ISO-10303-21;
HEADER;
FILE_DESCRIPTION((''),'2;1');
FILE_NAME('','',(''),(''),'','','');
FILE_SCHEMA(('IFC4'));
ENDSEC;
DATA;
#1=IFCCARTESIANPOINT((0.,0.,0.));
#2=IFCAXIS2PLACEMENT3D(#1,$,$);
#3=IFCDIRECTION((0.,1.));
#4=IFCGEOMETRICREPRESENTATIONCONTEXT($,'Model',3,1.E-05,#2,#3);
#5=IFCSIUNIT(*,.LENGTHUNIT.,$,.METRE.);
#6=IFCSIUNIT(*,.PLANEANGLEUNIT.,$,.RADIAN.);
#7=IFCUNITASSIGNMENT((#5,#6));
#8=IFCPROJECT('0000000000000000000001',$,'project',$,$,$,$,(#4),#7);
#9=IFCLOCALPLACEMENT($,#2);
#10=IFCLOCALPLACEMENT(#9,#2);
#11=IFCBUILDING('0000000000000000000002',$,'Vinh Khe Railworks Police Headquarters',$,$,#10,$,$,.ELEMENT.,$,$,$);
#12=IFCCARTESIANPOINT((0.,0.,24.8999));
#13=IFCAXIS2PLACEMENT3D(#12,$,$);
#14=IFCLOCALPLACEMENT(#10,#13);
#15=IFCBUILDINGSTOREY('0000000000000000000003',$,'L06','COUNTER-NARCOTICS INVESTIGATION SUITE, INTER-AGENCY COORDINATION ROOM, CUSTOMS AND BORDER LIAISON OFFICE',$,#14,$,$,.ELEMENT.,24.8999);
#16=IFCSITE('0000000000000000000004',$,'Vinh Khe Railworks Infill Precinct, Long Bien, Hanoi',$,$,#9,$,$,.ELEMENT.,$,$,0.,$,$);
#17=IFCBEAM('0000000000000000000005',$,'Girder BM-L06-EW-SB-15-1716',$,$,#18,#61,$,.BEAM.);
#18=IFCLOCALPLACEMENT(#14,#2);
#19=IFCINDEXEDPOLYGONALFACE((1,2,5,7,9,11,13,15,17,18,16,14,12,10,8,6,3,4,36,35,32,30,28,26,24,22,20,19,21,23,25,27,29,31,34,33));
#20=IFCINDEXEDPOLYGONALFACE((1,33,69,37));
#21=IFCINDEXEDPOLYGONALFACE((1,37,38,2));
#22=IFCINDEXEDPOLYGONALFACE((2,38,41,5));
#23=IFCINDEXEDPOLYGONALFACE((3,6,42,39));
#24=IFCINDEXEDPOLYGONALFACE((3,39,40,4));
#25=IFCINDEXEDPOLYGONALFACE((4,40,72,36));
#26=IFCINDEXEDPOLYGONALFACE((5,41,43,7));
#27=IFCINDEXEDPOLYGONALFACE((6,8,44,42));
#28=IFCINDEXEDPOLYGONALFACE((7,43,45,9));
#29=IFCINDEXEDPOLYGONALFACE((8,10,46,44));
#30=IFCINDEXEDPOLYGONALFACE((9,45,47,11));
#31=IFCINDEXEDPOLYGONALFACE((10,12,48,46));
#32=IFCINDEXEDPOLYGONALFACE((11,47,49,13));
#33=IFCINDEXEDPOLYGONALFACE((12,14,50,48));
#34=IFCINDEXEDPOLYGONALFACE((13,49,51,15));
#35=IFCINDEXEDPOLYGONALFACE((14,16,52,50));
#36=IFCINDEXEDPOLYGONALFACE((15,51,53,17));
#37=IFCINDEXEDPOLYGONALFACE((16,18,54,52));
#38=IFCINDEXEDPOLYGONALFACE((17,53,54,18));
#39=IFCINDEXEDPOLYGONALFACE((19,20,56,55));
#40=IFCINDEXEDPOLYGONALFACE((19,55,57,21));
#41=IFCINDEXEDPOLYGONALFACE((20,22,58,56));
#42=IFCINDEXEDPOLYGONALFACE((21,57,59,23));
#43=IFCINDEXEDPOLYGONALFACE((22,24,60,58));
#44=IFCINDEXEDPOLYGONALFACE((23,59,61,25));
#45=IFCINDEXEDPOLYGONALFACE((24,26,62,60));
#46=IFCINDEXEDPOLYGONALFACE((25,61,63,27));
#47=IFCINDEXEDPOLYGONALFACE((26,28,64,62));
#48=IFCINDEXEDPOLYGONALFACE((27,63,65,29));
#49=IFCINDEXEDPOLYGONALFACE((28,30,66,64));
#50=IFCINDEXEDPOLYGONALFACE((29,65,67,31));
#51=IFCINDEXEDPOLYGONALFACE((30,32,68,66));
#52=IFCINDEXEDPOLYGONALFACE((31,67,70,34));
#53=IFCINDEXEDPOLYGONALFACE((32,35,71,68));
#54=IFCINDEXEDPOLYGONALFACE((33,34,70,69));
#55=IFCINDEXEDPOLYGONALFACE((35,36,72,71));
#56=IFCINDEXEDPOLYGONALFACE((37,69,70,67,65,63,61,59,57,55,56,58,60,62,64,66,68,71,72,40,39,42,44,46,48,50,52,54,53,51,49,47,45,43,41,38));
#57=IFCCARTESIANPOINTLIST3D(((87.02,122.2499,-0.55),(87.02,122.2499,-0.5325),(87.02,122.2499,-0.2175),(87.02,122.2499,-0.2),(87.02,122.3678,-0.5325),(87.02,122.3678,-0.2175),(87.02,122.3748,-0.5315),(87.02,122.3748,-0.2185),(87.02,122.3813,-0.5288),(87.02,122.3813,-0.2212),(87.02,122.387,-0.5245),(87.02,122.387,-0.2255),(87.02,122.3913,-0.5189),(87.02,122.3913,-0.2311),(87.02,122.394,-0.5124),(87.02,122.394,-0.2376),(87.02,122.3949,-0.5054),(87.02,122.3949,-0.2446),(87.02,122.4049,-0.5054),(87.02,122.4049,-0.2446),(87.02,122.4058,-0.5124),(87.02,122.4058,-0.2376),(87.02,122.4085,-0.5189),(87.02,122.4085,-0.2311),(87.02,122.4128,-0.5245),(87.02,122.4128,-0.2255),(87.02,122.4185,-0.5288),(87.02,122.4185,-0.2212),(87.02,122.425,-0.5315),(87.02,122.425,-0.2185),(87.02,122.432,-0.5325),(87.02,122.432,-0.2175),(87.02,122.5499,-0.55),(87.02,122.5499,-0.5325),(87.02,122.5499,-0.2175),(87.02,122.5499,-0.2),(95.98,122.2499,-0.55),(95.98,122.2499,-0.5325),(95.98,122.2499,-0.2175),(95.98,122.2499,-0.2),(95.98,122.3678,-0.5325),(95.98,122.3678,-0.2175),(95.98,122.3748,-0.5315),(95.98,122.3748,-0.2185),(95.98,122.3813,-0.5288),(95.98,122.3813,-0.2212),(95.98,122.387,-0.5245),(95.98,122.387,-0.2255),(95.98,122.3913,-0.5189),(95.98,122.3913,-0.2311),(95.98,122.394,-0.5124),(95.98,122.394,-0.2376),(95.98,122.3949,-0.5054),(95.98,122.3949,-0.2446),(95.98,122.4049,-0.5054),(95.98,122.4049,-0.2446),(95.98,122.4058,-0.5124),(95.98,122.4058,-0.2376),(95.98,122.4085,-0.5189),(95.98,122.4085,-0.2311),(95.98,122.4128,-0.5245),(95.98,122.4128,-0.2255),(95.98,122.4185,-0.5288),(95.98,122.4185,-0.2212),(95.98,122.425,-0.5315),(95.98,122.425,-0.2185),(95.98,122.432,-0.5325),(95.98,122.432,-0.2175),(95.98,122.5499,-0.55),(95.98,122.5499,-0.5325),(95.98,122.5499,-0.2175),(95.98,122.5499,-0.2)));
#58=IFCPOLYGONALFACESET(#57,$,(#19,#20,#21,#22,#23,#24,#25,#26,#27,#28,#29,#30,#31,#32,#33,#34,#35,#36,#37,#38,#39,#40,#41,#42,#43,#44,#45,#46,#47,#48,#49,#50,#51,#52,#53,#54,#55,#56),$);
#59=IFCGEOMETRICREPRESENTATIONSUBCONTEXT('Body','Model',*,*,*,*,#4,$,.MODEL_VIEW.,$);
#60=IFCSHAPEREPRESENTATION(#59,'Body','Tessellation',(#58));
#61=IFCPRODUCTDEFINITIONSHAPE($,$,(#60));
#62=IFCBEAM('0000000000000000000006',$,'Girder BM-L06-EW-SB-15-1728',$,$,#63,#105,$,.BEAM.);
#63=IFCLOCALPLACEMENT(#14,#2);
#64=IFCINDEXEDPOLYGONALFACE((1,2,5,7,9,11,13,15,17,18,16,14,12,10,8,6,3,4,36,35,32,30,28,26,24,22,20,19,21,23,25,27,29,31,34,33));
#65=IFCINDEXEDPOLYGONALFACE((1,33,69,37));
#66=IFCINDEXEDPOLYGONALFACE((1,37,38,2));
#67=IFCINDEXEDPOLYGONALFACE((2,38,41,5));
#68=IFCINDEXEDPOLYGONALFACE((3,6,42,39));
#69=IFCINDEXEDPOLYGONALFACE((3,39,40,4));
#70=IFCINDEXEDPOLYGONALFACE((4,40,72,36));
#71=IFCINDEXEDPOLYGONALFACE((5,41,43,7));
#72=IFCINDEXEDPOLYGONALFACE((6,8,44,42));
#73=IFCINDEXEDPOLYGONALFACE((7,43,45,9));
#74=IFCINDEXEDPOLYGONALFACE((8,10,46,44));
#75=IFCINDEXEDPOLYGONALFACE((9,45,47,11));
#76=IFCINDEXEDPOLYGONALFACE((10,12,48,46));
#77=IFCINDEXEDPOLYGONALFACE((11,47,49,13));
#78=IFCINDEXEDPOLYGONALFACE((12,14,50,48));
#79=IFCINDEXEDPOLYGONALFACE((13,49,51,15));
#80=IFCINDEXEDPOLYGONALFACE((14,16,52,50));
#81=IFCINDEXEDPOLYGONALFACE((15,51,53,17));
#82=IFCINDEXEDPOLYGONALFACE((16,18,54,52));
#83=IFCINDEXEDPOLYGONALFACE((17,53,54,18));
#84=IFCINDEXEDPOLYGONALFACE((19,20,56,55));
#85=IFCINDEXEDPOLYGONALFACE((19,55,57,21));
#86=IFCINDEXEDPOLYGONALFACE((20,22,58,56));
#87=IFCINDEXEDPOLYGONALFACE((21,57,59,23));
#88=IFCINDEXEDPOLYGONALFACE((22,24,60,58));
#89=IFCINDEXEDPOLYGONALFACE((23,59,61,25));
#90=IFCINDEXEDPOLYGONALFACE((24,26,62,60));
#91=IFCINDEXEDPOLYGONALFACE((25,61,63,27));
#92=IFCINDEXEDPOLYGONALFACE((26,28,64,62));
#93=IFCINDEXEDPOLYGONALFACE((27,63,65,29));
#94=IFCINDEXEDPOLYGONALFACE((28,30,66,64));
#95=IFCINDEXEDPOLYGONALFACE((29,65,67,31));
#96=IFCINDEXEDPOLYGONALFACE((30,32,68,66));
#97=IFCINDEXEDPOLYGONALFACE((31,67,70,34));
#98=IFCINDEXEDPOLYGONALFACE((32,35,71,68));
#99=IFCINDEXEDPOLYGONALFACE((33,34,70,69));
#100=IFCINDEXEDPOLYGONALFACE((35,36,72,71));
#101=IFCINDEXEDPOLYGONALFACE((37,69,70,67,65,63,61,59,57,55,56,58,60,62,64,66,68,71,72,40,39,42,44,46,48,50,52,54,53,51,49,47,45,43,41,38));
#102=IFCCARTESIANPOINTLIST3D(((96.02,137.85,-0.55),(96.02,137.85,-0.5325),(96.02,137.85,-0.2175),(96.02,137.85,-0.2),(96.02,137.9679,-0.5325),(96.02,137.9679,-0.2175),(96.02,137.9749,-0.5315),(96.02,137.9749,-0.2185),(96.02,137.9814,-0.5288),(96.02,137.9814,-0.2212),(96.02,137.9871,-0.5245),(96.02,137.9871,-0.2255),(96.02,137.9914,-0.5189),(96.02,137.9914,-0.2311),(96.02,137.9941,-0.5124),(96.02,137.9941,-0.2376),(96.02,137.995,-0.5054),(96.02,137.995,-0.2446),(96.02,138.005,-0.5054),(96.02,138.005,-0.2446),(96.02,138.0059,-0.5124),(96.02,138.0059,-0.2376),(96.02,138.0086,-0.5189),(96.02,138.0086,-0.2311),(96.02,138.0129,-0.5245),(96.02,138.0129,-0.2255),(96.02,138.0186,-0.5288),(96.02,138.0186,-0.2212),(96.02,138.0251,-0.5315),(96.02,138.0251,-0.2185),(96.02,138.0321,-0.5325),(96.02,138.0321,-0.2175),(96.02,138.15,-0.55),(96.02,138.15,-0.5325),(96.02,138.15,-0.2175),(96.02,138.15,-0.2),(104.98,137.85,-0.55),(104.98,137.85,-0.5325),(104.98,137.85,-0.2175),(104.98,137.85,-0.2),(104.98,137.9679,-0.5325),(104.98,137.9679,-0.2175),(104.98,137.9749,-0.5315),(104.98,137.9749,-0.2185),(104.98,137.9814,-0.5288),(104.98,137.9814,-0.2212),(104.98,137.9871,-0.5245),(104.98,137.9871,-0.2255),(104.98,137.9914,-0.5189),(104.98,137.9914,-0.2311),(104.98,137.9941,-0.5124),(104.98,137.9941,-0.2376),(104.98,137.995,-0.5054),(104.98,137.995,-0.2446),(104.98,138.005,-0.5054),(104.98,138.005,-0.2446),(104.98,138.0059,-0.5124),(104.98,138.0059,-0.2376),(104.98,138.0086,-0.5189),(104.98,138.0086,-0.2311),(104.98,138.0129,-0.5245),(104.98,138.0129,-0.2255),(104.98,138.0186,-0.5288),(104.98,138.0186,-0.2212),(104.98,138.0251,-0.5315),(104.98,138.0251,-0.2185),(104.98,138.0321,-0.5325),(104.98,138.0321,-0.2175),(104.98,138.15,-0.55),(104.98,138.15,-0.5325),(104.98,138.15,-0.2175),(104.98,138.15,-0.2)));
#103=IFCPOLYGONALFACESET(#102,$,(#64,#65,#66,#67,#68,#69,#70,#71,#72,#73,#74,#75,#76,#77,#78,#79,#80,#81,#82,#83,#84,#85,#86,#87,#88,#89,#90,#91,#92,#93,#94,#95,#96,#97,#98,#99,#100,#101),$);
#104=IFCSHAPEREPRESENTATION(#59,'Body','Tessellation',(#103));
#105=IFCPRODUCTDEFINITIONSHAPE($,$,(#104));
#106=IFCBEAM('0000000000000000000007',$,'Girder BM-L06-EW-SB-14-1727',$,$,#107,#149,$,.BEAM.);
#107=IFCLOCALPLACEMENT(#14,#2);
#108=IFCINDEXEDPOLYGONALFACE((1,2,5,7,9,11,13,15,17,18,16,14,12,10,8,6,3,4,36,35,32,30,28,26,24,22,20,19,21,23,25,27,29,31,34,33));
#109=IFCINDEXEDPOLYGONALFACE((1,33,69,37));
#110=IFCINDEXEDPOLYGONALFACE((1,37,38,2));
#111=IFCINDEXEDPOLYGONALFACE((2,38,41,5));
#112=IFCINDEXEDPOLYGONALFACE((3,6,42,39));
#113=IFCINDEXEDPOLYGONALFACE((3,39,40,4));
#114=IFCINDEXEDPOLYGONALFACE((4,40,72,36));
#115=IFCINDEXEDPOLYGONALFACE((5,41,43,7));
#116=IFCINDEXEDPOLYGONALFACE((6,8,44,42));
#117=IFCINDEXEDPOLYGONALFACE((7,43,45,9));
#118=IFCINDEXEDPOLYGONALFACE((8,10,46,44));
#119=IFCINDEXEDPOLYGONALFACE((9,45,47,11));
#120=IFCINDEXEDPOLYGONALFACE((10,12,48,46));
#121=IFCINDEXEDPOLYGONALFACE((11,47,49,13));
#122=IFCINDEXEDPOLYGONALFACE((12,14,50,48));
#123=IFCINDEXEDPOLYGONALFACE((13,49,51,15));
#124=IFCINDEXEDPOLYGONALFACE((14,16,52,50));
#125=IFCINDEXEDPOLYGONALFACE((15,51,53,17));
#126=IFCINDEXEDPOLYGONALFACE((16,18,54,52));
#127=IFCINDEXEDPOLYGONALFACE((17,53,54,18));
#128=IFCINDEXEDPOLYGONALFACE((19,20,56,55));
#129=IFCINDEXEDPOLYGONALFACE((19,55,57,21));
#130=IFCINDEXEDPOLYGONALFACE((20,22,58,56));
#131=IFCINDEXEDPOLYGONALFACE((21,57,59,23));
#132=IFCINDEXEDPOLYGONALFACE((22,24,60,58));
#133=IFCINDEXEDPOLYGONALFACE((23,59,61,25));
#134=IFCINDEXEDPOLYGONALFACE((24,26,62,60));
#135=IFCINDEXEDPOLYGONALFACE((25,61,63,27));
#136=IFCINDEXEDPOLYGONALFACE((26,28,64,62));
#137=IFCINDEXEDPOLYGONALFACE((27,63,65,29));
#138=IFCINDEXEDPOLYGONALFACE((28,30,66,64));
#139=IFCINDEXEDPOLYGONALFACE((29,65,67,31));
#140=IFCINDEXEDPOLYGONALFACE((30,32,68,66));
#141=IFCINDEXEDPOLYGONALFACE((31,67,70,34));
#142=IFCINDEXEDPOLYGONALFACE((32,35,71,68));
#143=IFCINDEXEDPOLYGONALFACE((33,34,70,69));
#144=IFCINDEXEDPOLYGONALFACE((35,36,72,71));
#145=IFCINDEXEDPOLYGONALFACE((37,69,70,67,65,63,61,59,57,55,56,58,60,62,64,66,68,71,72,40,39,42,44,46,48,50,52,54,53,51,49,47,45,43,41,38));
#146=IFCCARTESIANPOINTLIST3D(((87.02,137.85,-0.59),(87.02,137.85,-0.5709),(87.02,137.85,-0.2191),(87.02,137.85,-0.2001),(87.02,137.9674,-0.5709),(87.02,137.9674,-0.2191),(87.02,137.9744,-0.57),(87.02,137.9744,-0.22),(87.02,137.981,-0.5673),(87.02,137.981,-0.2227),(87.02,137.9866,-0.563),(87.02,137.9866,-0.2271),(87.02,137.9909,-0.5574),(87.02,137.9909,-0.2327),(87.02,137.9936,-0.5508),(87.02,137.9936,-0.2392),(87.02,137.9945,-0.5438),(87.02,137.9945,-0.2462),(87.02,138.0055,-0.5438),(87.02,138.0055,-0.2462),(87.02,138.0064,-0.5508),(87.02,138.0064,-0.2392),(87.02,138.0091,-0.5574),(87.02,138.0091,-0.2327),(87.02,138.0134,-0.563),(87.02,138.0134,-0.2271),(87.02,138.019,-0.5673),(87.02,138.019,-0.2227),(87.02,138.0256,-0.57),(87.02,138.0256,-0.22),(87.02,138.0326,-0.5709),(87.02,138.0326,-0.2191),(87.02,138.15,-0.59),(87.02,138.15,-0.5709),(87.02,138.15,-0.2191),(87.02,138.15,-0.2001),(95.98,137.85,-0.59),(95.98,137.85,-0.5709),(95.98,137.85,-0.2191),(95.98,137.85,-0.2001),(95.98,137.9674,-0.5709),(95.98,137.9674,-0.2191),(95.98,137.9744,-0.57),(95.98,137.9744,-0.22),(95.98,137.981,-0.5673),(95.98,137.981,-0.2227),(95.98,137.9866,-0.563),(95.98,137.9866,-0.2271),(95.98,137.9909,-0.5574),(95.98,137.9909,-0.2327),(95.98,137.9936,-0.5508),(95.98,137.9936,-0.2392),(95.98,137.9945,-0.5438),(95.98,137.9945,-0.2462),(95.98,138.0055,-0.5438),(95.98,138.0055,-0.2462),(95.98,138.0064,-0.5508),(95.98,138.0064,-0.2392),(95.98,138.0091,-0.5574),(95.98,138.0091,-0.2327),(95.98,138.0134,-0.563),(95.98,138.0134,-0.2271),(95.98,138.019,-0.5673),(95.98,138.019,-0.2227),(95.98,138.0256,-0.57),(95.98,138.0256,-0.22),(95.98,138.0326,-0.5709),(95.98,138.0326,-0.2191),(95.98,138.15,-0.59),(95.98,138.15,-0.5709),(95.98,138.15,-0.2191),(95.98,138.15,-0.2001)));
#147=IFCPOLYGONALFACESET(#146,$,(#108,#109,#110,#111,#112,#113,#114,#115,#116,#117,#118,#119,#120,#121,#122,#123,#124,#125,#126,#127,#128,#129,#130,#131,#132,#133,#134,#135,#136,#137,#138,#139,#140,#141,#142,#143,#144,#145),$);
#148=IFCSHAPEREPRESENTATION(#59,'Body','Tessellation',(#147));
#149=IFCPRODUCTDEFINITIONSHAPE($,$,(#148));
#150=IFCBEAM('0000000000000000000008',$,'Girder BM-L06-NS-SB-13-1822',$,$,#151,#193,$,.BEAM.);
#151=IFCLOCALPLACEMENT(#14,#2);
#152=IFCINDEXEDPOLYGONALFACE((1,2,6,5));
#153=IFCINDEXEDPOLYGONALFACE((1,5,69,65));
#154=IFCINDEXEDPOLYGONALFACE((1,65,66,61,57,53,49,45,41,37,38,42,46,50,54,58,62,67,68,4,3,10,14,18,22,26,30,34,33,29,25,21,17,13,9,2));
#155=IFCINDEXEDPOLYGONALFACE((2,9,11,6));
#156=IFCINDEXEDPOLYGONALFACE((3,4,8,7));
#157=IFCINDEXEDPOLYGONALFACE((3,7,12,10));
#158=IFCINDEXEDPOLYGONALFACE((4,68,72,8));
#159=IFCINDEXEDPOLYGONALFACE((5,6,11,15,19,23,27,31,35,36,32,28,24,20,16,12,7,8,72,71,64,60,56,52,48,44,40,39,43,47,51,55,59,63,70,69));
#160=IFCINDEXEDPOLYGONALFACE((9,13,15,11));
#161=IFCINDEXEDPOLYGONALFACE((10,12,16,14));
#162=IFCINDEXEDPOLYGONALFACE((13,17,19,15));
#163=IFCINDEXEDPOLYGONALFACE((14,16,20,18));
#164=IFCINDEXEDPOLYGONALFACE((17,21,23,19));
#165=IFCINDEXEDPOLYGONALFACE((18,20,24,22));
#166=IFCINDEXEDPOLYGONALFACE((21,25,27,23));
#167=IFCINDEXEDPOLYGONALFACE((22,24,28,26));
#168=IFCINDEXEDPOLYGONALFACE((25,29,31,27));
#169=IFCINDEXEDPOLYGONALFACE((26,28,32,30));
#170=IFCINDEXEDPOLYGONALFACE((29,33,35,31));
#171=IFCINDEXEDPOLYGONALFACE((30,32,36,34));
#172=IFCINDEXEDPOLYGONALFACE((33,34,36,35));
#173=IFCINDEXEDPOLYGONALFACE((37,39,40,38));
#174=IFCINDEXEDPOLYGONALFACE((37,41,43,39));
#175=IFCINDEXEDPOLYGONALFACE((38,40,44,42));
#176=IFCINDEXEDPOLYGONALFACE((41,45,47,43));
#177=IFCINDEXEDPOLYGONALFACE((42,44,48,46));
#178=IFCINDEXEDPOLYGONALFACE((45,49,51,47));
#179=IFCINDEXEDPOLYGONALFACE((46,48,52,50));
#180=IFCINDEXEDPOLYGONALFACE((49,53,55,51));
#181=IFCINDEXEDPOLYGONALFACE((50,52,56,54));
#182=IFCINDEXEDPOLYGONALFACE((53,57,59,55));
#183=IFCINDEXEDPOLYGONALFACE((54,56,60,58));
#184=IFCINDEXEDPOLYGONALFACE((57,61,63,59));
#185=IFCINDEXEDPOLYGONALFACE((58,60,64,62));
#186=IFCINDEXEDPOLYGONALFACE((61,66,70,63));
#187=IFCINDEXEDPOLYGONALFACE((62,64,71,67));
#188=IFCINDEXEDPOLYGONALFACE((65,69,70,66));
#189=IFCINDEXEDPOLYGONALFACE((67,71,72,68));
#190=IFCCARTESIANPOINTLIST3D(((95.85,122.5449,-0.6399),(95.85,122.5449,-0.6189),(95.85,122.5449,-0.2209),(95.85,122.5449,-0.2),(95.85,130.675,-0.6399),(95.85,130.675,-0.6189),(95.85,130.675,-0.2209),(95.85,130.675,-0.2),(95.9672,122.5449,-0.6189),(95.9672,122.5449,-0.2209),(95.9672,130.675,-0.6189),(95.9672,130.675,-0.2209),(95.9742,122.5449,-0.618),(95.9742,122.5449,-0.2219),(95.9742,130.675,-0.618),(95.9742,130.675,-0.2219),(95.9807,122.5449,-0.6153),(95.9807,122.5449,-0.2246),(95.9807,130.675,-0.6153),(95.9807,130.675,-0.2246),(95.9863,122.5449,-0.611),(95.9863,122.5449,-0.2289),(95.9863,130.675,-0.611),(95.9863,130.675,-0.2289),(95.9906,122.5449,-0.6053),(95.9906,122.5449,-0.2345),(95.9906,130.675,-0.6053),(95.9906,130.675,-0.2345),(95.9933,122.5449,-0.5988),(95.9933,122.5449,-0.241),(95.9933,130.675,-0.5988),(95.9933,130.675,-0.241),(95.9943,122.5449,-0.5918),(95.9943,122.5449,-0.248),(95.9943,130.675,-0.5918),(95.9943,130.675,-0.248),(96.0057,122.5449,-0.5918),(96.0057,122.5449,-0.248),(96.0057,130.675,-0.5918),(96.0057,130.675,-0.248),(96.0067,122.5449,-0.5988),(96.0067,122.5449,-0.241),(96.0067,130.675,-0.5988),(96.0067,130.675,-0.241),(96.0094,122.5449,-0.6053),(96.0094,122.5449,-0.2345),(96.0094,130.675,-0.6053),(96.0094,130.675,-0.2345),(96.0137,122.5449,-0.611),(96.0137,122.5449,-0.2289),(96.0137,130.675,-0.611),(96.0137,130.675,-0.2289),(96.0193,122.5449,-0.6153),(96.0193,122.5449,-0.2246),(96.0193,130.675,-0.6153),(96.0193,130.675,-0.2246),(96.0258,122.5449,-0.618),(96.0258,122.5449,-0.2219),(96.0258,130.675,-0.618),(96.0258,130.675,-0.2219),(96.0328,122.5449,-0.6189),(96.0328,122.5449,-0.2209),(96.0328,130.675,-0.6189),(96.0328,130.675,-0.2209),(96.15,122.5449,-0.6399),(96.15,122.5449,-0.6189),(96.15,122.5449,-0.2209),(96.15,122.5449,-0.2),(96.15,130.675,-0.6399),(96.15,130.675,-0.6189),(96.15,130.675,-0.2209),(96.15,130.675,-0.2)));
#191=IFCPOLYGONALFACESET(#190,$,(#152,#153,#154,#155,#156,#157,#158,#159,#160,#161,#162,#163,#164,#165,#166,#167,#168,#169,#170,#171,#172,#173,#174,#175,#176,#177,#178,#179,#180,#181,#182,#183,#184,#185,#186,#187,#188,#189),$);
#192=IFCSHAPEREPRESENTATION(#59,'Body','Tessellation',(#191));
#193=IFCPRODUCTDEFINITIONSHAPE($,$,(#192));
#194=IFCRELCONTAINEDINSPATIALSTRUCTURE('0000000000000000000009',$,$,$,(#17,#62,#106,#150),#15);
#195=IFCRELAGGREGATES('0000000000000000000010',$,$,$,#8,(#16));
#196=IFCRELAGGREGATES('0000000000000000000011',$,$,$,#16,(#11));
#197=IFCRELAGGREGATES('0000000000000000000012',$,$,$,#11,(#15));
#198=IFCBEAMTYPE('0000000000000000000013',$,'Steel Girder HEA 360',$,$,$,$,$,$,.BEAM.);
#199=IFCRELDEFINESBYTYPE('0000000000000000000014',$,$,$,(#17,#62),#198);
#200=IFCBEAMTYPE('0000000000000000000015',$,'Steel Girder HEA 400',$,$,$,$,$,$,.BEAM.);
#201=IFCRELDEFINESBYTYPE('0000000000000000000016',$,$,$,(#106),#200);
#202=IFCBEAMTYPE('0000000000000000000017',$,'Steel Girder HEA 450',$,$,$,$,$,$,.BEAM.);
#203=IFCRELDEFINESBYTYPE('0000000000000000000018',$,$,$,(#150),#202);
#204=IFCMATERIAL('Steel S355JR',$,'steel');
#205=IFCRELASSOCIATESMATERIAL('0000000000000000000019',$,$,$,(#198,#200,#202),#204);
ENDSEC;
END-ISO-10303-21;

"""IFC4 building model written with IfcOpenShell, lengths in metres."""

from ifc_helpers import new_model, si_unit, direction, frame, origin, origin_2d, place, context, subcontext, project, spatial, i_section, extrude, material, material_profile, profile_set, type_object, element, save


model = new_model("IFC4")

# Units and contexts
model_context = context("Model", 3, precision=1e-05, world=origin(), true_north=direction((0.0, 1.0)))
body_context = subcontext(model_context, "Body", "Model", "MODEL_VIEW")
ifc_project = project(units=[si_unit("LENGTHUNIT", "METRE"), si_unit("PLANEANGLEUNIT", "RADIAN")], contexts=[model_context])

# Site, building, storey
site_placement = place(None, origin())
site = spatial("IfcSite", under=ifc_project, at=site_placement, Name="Vinh Khe Railworks Infill Precinct, Long Bien, Hanoi", CompositionType="ELEMENT", RefElevation=0.0)
building_placement = place(site_placement, origin())
building = spatial("IfcBuilding", under=site, at=building_placement, Name="Vinh Khe Railworks Police Headquarters", CompositionType="ELEMENT")
storey_placement = place(building_placement, frame((0.0, 0.0, 24.8999)))
storey = spatial("IfcBuildingStorey", under=building, at=storey_placement, Name="L06", Description="COUNTER-NARCOTICS INVESTIGATION SUITE, INTER-AGENCY COORDINATION ROOM, CUSTOMS AND BORDER LIAISON OFFICE", CompositionType="ELEMENT", Elevation=24.8999)

# Beams
ifc_material_1 = material(Name="Steel S355JR", Category="steel")
ifc_material_profile_1 = material_profile(ifc_material_1, i_section(OverallWidth=0.3, OverallDepth=0.3501, WebThickness=0.01, FlangeThickness=0.0176, FilletRadius=0.0271, at=origin_2d()), Name="HEA 360")
ifc_profile_set_1 = profile_set([ifc_material_profile_1], Name="Steel S355JR")
beam_type_1 = type_object("IfcBeamType", Name="Steel Girder HEA 360", PredefinedType="BEAM", material=ifc_profile_set_1)
for number, where, z_axis, x_axis, name in (
    (1, (87.02, 122.3999, -0.375), (1.0, 0.0, 0.0), (0.0, 1.0, 0.0), "Girder BM-L06-EW-SB-15-1716"),
    (2, (96.02, 138.0, -0.375), (1.0, 0.0, 0.0), (0.0, 1.0, 0.0), "Girder BM-L06-EW-SB-15-1728"),
):
    element("IfcBeam", number, at=place(storey_placement, frame(where, z_axis=z_axis, x_axis=x_axis)), inside=storey, type_object=beam_type_1, Name=name, PredefinedType="BEAM", context=body_context, shape_type="SweptSolid", body=[
        extrude(i_section(OverallWidth=0.3, OverallDepth=0.3501, WebThickness=0.01, FlangeThickness=0.0176, FilletRadius=0.0271, at=origin_2d()), origin(), (0.0, 0.0, 1.0), 8.96),
    ])
ifc_material_profile_2 = material_profile(ifc_material_1, i_section(OverallWidth=0.3, OverallDepth=0.3899, WebThickness=0.011, FlangeThickness=0.019, FilletRadius=0.0271, at=origin_2d()), Name="HEA 400")
ifc_profile_set_2 = profile_set([ifc_material_profile_2], Name="Steel S355JR")
beam_type_2 = type_object("IfcBeamType", Name="Steel Girder HEA 400", PredefinedType="BEAM", material=ifc_profile_set_2)
beam_1_placement = place(storey_placement, frame((87.02, 138.0, -0.395), z_axis=(1.0, 0.0, 0.0), x_axis=(0.0, 1.0, 0.0)))
element("IfcBeam", 3, at=beam_1_placement, inside=storey, type_object=beam_type_2, Name="Girder BM-L06-EW-SB-14-1727", PredefinedType="BEAM", context=body_context, shape_type="SweptSolid", body=[
    extrude(i_section(OverallWidth=0.3, OverallDepth=0.3899, WebThickness=0.011, FlangeThickness=0.019, FilletRadius=0.0271, at=origin_2d()), origin(), (0.0, 0.0, 1.0), 8.96),
])
ifc_material_profile_3 = material_profile(ifc_material_1, i_section(OverallWidth=0.3, OverallDepth=0.4399, WebThickness=0.0115, FlangeThickness=0.021, FilletRadius=0.0271, at=origin_2d()), Name="HEA 450")
ifc_profile_set_3 = profile_set([ifc_material_profile_3], Name="Steel S355JR")
beam_type_3 = type_object("IfcBeamType", Name="Steel Girder HEA 450", PredefinedType="BEAM", material=ifc_profile_set_3)
for number, where, z_axis, x_axis, name in (
    (4, (96.0, 122.5449, -0.4199), (0.0, 1.0, 0.0), (-1.0, 0.0, 0.0), "Girder BM-L06-NS-SB-13-1822"),
):
    element("IfcBeam", number, at=place(storey_placement, frame(where, z_axis=z_axis, x_axis=x_axis)), inside=storey, type_object=beam_type_3, Name=name, PredefinedType="BEAM", context=body_context, shape_type="SweptSolid", body=[
        extrude(i_section(OverallWidth=0.3, OverallDepth=0.4399, WebThickness=0.0115, FlangeThickness=0.021, FilletRadius=0.0271, at=origin_2d()), origin(), (0.0, 0.0, 1.0), 8.1301),
    ])

save(model, "model.ifc")
